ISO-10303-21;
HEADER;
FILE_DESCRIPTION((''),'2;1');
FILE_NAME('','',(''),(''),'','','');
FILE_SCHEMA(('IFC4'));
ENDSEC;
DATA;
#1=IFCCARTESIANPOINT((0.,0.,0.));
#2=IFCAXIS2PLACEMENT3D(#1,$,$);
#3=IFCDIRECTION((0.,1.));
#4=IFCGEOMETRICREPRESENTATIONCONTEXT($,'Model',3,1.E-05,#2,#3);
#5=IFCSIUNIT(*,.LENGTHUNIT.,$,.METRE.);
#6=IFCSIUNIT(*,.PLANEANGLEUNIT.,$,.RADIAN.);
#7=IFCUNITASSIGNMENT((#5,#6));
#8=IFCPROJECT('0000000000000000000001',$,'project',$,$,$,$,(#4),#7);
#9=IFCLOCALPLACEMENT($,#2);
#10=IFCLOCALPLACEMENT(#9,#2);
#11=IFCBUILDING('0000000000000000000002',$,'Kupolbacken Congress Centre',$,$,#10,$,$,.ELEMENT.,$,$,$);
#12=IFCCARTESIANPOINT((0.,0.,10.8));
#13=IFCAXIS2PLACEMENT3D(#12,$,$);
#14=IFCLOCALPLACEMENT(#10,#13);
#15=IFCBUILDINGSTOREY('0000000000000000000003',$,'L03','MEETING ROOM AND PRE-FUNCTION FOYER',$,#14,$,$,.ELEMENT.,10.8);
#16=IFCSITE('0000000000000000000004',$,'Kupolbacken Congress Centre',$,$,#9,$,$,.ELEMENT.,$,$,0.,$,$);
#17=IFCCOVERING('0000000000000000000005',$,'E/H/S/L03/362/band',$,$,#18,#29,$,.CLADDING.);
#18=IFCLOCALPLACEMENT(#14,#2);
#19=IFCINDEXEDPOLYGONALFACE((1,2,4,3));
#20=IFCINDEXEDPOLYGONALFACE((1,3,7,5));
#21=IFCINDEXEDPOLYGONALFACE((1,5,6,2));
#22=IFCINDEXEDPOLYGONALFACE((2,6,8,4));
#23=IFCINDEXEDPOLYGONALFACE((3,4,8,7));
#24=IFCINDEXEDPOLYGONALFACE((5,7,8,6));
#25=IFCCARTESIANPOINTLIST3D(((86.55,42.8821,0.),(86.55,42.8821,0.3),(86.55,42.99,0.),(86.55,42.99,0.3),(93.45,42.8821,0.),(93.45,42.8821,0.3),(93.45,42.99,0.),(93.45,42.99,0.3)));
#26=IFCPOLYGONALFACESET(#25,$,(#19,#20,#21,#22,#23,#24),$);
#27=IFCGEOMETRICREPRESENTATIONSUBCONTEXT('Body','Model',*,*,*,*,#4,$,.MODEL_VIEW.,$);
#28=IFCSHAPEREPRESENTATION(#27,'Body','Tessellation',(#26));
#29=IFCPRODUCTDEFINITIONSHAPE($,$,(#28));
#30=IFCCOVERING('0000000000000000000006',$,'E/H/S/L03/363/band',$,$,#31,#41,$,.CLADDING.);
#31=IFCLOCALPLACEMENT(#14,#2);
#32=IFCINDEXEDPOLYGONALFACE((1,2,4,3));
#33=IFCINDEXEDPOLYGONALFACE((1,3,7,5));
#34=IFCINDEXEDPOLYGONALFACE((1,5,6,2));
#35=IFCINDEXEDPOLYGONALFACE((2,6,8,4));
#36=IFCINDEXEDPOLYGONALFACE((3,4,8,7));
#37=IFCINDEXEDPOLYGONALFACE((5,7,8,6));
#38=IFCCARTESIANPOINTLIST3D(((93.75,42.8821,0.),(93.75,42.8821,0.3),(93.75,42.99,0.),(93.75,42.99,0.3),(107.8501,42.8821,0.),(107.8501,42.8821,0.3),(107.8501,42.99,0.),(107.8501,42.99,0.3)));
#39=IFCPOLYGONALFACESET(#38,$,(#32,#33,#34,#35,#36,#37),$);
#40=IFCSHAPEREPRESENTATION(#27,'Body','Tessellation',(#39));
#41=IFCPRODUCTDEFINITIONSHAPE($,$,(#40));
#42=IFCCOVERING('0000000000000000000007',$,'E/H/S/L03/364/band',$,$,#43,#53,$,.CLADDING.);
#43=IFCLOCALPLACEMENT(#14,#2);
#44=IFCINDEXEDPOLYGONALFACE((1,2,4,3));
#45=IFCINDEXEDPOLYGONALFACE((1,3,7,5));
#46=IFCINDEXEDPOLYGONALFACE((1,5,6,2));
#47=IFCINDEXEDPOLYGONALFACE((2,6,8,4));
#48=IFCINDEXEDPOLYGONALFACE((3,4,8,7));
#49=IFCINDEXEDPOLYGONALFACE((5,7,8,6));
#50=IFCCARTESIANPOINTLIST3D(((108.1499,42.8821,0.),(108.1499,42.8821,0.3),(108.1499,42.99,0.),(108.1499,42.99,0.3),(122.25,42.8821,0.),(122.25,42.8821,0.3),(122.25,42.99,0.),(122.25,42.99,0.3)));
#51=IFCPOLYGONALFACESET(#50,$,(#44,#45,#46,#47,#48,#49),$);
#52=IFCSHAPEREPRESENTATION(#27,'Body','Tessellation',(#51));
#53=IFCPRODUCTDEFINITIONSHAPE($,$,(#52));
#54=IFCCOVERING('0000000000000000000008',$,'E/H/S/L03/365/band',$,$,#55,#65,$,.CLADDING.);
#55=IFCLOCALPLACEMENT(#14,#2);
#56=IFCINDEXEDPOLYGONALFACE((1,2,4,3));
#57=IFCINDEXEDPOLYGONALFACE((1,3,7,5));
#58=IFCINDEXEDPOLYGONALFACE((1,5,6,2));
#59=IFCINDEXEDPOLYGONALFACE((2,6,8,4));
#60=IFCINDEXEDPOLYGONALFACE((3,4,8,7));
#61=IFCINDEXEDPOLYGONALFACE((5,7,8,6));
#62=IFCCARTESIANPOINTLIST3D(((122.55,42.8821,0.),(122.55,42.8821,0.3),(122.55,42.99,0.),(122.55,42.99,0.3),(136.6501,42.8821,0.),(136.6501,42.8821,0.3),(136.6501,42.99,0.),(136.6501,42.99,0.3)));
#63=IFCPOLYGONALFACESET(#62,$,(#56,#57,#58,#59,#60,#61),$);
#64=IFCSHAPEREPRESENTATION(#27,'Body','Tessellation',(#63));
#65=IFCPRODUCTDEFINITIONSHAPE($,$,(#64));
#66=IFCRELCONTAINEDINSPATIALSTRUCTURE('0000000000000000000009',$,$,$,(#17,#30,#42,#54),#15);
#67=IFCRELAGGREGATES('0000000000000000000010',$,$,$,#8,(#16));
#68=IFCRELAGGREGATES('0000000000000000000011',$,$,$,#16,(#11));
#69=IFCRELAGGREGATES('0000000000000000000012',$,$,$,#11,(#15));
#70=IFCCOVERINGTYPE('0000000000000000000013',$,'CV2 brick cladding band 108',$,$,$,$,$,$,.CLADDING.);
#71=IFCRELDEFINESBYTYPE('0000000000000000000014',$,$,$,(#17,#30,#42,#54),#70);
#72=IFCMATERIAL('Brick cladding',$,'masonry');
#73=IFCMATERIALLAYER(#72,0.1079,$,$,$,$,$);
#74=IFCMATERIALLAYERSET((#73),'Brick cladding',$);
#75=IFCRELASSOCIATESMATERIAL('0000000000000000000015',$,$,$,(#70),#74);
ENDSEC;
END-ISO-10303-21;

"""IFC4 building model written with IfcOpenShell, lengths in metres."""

from ifc_helpers import new_model, si_unit, direction, frame, origin, origin_2d, place, context, subcontext, project, spatial, rectangle, extrude, material, layer, layer_set, type_object, element, save


model = new_model("IFC4")

# Units and contexts
model_context = context("Model", 3, precision=1e-05, world=origin(), true_north=direction((0.0, 1.0)))
body_context = subcontext(model_context, "Body", "Model", "MODEL_VIEW")
ifc_project = project(units=[si_unit("LENGTHUNIT", "METRE"), si_unit("PLANEANGLEUNIT", "RADIAN")], contexts=[model_context])

# Site, building, storey
site_placement = place(None, origin())
site = spatial("IfcSite", under=ifc_project, at=site_placement, Name="Kupolbacken Congress Centre", CompositionType="ELEMENT", RefElevation=0.0)
building_placement = place(site_placement, origin())
building = spatial("IfcBuilding", under=site, at=building_placement, Name="Kupolbacken Congress Centre", CompositionType="ELEMENT")
storey_placement = place(building_placement, frame((0.0, 0.0, 10.8)))
storey = spatial("IfcBuildingStorey", under=building, at=storey_placement, Name="L03", Description="MEETING ROOM AND PRE-FUNCTION FOYER", CompositionType="ELEMENT", Elevation=10.8)

# Coverings
ifc_material_1 = material(Name="Brick cladding", Category="masonry")
ifc_layer_1 = layer(ifc_material_1, 0.1079)
ifc_layer_set_1 = layer_set([ifc_layer_1], Name="Brick cladding")
covering_type = type_object("IfcCoveringType", Name="CV2 brick cladding band 108", PredefinedType="CLADDING", material=ifc_layer_set_1)
covering_placement = place(storey_placement, frame((90.0, 42.936, 0.0), z_axis=(0.0, 0.0, 1.0), x_axis=(1.0, 0.0, 0.0)))
element("IfcCovering", 1, at=covering_placement, inside=storey, type_object=covering_type, Name="E/H/S/L03/362/band", PredefinedType="CLADDING", context=body_context, shape_type="SweptSolid", body=[
    extrude(rectangle(XDim=6.8999, YDim=0.1079, at=origin_2d()), origin(), (0.0, 0.0, 1.0), 0.3),
])
for number, where, z_axis, x_axis, name in (
    (2, (100.8, 42.936, 0.0), (0.0, 0.0, 1.0), (1.0, 0.0, 0.0), "E/H/S/L03/363/band"),
    (3, (115.2, 42.936, 0.0), (0.0, 0.0, 1.0), (1.0, 0.0, 0.0), "E/H/S/L03/364/band"),
    (4, (129.6001, 42.936, 0.0), (0.0, 0.0, 1.0), (1.0, 0.0, 0.0), "E/H/S/L03/365/band"),
):
    element("IfcCovering", number, at=place(storey_placement, frame(where, z_axis=z_axis, x_axis=x_axis)), inside=storey, type_object=covering_type, Name=name, PredefinedType="CLADDING", context=body_context, shape_type="SweptSolid", body=[
        extrude(rectangle(XDim=14.1001, YDim=0.1079, at=origin_2d()), origin(), (0.0, 0.0, 1.0), 0.3),
    ])

save(model, "model.ifc")
